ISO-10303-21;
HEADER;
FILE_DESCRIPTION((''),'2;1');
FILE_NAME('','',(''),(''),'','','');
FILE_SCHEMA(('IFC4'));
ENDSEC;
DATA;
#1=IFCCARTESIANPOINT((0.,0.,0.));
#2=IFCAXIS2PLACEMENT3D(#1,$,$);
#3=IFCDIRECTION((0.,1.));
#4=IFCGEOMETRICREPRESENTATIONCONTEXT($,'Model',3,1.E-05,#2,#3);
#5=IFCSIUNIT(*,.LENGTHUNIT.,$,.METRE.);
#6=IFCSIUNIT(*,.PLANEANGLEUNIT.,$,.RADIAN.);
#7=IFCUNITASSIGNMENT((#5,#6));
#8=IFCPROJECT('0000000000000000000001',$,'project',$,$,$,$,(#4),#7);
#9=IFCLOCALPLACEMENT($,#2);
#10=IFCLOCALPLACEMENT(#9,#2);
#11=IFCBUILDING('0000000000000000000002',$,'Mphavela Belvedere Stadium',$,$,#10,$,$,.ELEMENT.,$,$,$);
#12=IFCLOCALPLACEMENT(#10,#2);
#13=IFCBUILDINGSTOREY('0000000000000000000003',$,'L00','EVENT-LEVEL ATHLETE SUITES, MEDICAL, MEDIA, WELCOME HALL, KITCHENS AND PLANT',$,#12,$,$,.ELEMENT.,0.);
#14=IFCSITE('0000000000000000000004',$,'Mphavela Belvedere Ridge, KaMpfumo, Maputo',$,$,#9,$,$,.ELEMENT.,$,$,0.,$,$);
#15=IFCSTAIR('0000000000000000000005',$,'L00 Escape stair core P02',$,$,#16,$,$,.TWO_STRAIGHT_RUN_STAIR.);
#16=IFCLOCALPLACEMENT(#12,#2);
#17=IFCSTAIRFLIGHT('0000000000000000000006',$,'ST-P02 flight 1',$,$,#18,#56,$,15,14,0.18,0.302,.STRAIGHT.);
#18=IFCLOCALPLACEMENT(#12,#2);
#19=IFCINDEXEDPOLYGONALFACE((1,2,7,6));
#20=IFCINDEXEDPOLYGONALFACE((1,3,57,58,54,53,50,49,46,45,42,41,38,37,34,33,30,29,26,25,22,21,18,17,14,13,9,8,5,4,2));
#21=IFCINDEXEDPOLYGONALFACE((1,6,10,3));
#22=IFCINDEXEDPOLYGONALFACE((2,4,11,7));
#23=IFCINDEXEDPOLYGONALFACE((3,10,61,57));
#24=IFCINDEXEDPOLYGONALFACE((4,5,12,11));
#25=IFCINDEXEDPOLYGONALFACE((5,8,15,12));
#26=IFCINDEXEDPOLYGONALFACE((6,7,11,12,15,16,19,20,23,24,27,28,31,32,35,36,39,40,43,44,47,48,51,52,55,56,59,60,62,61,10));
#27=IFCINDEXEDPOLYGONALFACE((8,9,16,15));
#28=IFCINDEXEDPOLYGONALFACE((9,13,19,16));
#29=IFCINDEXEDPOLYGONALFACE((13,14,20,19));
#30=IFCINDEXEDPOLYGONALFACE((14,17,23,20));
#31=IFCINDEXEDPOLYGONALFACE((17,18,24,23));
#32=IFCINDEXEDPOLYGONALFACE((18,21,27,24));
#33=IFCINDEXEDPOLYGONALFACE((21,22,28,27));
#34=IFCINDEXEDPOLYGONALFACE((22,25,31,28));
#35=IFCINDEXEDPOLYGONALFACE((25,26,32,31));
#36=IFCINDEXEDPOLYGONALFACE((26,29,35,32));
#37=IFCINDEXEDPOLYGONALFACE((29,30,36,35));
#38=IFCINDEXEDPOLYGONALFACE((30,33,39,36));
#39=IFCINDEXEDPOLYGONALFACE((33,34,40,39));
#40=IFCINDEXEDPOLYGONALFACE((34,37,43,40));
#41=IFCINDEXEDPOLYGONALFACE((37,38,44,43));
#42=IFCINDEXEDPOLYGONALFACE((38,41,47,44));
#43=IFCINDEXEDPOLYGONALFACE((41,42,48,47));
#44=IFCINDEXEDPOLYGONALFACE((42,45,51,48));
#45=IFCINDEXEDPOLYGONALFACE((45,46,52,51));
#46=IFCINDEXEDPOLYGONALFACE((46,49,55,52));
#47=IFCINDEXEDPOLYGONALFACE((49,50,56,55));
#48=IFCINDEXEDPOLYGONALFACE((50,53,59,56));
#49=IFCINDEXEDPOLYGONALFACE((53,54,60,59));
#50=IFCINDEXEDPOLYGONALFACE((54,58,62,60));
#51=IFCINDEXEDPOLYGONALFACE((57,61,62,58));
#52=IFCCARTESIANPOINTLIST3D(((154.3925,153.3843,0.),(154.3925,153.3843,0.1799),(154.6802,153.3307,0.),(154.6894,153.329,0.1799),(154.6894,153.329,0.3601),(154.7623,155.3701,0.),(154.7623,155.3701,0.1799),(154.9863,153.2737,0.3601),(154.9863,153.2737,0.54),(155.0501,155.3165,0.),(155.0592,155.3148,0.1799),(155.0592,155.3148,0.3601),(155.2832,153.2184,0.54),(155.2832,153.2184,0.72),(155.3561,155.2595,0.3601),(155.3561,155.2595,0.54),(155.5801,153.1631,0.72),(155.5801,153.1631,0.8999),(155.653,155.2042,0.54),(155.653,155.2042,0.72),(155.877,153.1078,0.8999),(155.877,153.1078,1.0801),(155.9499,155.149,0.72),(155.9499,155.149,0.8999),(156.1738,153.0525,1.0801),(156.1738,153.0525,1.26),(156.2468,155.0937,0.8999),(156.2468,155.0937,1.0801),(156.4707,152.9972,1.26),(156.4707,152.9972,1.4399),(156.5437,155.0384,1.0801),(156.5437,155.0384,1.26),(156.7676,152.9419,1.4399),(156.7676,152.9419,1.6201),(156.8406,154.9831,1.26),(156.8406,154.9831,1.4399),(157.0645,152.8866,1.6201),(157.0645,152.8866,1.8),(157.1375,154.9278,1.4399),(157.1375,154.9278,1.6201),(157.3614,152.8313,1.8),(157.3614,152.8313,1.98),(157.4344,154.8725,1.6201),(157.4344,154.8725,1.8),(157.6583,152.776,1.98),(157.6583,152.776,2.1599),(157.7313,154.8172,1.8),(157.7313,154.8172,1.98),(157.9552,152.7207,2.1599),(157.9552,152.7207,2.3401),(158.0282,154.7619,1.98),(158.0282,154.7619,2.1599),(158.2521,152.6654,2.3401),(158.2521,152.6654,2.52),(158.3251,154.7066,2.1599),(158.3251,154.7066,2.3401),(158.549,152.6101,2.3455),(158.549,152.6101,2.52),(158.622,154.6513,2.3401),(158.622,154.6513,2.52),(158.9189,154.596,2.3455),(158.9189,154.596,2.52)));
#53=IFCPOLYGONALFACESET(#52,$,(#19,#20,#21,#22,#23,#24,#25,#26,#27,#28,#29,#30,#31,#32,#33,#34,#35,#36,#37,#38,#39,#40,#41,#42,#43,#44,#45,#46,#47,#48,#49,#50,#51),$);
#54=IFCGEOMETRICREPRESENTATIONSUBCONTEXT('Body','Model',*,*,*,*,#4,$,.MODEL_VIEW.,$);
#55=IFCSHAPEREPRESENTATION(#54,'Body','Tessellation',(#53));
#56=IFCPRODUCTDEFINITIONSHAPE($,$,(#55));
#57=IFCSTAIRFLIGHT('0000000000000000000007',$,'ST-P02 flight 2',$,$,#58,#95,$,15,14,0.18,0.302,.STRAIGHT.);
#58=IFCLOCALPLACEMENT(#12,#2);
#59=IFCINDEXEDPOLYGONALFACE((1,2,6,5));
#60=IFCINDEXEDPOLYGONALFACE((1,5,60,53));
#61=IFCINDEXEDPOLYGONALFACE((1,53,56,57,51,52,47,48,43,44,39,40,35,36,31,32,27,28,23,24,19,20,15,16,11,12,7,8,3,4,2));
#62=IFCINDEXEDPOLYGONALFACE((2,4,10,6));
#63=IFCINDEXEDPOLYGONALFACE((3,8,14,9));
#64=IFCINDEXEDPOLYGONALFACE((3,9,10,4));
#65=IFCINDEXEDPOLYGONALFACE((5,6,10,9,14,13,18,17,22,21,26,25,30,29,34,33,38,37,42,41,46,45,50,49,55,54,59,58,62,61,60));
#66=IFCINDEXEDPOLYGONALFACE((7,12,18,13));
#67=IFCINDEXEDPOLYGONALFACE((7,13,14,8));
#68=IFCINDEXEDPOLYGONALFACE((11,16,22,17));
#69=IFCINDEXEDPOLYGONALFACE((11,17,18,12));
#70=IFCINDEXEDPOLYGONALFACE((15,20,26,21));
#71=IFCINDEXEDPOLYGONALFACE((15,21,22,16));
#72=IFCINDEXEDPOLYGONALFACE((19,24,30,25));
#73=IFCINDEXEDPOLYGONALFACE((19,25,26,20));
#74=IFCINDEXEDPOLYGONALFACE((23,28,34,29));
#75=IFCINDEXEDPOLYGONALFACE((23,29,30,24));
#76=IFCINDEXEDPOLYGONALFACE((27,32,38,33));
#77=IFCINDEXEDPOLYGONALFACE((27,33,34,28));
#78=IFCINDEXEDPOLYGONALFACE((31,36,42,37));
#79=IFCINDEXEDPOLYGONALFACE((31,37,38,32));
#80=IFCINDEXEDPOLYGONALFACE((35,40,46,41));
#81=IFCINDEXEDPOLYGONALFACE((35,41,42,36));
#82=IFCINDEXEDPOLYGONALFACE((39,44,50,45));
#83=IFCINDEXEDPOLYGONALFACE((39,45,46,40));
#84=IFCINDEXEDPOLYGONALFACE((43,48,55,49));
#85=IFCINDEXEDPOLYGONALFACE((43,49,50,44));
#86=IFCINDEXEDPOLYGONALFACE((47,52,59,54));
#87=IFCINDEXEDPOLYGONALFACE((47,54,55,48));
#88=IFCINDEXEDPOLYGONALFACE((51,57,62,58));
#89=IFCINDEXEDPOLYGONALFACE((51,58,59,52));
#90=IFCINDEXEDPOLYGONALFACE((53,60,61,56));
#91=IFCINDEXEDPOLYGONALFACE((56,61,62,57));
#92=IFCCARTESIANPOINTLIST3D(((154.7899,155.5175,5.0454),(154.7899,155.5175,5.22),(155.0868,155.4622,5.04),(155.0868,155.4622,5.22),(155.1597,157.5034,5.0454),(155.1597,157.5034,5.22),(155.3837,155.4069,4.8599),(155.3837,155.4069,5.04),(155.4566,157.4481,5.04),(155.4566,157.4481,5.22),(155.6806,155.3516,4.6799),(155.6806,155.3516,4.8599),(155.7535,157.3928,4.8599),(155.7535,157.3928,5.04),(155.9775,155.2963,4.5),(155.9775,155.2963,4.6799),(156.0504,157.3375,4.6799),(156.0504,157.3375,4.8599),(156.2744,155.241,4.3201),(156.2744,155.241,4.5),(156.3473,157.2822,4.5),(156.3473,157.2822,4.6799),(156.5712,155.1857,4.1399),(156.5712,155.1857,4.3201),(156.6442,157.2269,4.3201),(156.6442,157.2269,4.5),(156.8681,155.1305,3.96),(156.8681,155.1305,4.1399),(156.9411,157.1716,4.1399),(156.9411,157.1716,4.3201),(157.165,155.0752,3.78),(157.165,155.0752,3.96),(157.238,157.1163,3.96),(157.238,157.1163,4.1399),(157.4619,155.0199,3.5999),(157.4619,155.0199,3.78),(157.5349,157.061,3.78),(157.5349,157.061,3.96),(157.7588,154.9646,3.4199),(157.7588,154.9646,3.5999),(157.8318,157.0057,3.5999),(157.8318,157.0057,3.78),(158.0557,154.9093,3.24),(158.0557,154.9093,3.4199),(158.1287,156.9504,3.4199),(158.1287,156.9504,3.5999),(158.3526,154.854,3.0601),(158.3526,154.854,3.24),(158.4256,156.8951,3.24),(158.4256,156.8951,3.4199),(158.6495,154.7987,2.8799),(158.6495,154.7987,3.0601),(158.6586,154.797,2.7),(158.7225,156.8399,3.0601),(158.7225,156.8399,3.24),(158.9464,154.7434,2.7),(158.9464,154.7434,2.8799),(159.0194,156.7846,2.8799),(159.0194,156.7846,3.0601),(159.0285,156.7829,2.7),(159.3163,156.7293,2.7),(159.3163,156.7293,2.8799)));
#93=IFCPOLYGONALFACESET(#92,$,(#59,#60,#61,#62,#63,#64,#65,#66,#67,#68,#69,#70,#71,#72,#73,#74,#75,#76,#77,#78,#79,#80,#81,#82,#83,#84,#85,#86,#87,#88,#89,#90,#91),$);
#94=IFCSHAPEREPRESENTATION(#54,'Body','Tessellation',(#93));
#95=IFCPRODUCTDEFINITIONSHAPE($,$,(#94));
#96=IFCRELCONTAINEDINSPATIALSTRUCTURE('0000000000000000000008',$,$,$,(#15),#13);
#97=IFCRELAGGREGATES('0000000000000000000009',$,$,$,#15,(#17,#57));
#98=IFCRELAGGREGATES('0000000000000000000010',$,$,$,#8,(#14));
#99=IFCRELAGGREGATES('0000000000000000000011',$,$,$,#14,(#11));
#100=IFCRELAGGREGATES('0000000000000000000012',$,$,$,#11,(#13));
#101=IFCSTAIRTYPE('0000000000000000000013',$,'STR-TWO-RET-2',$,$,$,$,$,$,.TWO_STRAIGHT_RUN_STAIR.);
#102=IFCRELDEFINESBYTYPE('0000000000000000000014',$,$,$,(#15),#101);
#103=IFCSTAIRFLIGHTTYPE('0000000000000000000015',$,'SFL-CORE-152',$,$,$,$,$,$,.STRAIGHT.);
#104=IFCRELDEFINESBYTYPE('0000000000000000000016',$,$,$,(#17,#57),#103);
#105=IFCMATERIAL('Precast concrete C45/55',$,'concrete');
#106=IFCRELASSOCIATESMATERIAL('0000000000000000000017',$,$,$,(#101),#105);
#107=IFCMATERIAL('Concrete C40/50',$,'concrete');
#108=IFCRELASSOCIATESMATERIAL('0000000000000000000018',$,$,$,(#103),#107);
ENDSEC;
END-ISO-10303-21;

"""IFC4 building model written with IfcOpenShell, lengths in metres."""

from ifc_helpers import new_model, si_unit, direction, frame, origin, place, context, subcontext, project, spatial, polyline, outline, extrude, material, type_object, element, aggregate, save


model = new_model("IFC4")

# Units and contexts
model_context = context("Model", 3, precision=1e-05, world=origin(), true_north=direction((0.0, 1.0)))
body_context = subcontext(model_context, "Body", "Model", "MODEL_VIEW")
ifc_project = project(units=[si_unit("LENGTHUNIT", "METRE"), si_unit("PLANEANGLEUNIT", "RADIAN")], contexts=[model_context])

# Site, building, storey
site_placement = place(None, origin())
site = spatial("IfcSite", under=ifc_project, at=site_placement, Name="Mphavela Belvedere Ridge, KaMpfumo, Maputo", CompositionType="ELEMENT", RefElevation=0.0)
building_placement = place(site_placement, origin())
building = spatial("IfcBuilding", under=site, at=building_placement, Name="Mphavela Belvedere Stadium", CompositionType="ELEMENT")
storey_placement = place(building_placement, origin())
storey = spatial("IfcBuildingStorey", under=building, at=storey_placement, Name="L00", Description="EVENT-LEVEL ATHLETE SUITES, MEDICAL, MEDIA, WELCOME HALL, KITCHENS AND PLANT", CompositionType="ELEMENT", Elevation=0.0)

# Stair, stair flights
ifc_material_1 = material(Name="Precast concrete C45/55", Category="concrete")
stair_type = type_object("IfcStairType", Name="STR-TWO-RET-2", PredefinedType="TWO_STRAIGHT_RUN_STAIR", material=ifc_material_1)
stair_placement = place(storey_placement, origin())
stair = element("IfcStair", 1, at=stair_placement, inside=storey, type_object=stair_type, Name="L00 Escape stair core P02", PredefinedType="TWO_STRAIGHT_RUN_STAIR")
ifc_material_2 = material(Name="Concrete C40/50", Category="concrete")
stair_flight_type = type_object("IfcStairFlightType", Name="SFL-CORE-152", PredefinedType="STRAIGHT", material=ifc_material_2)
stair_flight_1_placement = place(storey_placement, frame((154.5774, 154.3772, 0.0), z_axis=(0.0, 0.0, 1.0), x_axis=(0.983096, -0.183094, 0.0)))
stair_flight_1 = element("IfcStairFlight", 2, at=stair_flight_1_placement, type_object=stair_flight_type, Name="ST-P02 flight 1", NumberOfRisers=15, NumberOfTreads=14, PredefinedType="STRAIGHT", RiserHeight=0.18, TreadLength=0.302, context=body_context, shape_type="SweptSolid", body=[
    extrude(outline(polyline([(0.0, 0.0), (0.0, 0.1799), (0.302, 0.1799), (0.302, 0.3601), (0.604, 0.3601), (0.604, 0.54), (0.906, 0.54), (0.906, 0.72), (1.208, 0.72), (1.208, 0.8999), (1.51, 0.8999), (1.51, 1.0801), (1.812, 1.0801), (1.812, 1.26), (2.114, 1.26), (2.114, 1.4399), (2.416, 1.4399), (2.416, 1.6201), (2.718, 1.6201), (2.718, 1.8), (3.02, 1.8), (3.02, 1.98), (3.322, 1.98), (3.322, 2.1599), (3.624, 2.1599), (3.624, 2.3401), (3.926, 2.3401), (3.926, 2.52), (4.228, 2.52), (4.228, 2.7), (4.228, 2.3455), (0.2927, 0.0), (0.0, 0.0)])), frame((0.0, 1.01, 0.0), z_axis=(0.0, -1.0, 0.0), x_axis=(1.0, 0.0, 0.0)), (0.0, 0.0, 1.0), 2.02),
])
stair_flight_2_placement = place(storey_placement, frame((159.1313, 155.7363, 2.7), z_axis=(0.0, 0.0, 1.0), x_axis=(-0.983096, 0.183094, 0.0)))
stair_flight_2 = element("IfcStairFlight", 3, at=stair_flight_2_placement, type_object=stair_flight_type, Name="ST-P02 flight 2", NumberOfRisers=15, NumberOfTreads=14, PredefinedType="STRAIGHT", RiserHeight=0.18, TreadLength=0.302, context=body_context, shape_type="SweptSolid", body=[
    extrude(outline(polyline([(0.0, 0.0), (0.0, 0.1799), (0.302, 0.1799), (0.302, 0.3601), (0.604, 0.3601), (0.604, 0.54), (0.906, 0.54), (0.906, 0.72), (1.208, 0.72), (1.208, 0.8999), (1.51, 0.8999), (1.51, 1.0801), (1.812, 1.0801), (1.812, 1.26), (2.114, 1.26), (2.114, 1.4399), (2.416, 1.4399), (2.416, 1.6201), (2.718, 1.6201), (2.718, 1.8), (3.02, 1.8), (3.02, 1.98), (3.322, 1.98), (3.322, 2.1599), (3.624, 2.1599), (3.624, 2.3401), (3.926, 2.3401), (3.926, 2.52), (4.228, 2.52), (4.228, 2.7), (4.228, 2.3455), (0.2927, 0.0), (0.0, 0.0)])), frame((0.0, 1.01, 0.0), z_axis=(0.0, -1.0, 0.0), x_axis=(1.0, 0.0, 0.0)), (0.0, 0.0, 1.0), 2.02),
])
aggregate(stair, [stair_flight_1, stair_flight_2])

save(model, "model.ifc")
